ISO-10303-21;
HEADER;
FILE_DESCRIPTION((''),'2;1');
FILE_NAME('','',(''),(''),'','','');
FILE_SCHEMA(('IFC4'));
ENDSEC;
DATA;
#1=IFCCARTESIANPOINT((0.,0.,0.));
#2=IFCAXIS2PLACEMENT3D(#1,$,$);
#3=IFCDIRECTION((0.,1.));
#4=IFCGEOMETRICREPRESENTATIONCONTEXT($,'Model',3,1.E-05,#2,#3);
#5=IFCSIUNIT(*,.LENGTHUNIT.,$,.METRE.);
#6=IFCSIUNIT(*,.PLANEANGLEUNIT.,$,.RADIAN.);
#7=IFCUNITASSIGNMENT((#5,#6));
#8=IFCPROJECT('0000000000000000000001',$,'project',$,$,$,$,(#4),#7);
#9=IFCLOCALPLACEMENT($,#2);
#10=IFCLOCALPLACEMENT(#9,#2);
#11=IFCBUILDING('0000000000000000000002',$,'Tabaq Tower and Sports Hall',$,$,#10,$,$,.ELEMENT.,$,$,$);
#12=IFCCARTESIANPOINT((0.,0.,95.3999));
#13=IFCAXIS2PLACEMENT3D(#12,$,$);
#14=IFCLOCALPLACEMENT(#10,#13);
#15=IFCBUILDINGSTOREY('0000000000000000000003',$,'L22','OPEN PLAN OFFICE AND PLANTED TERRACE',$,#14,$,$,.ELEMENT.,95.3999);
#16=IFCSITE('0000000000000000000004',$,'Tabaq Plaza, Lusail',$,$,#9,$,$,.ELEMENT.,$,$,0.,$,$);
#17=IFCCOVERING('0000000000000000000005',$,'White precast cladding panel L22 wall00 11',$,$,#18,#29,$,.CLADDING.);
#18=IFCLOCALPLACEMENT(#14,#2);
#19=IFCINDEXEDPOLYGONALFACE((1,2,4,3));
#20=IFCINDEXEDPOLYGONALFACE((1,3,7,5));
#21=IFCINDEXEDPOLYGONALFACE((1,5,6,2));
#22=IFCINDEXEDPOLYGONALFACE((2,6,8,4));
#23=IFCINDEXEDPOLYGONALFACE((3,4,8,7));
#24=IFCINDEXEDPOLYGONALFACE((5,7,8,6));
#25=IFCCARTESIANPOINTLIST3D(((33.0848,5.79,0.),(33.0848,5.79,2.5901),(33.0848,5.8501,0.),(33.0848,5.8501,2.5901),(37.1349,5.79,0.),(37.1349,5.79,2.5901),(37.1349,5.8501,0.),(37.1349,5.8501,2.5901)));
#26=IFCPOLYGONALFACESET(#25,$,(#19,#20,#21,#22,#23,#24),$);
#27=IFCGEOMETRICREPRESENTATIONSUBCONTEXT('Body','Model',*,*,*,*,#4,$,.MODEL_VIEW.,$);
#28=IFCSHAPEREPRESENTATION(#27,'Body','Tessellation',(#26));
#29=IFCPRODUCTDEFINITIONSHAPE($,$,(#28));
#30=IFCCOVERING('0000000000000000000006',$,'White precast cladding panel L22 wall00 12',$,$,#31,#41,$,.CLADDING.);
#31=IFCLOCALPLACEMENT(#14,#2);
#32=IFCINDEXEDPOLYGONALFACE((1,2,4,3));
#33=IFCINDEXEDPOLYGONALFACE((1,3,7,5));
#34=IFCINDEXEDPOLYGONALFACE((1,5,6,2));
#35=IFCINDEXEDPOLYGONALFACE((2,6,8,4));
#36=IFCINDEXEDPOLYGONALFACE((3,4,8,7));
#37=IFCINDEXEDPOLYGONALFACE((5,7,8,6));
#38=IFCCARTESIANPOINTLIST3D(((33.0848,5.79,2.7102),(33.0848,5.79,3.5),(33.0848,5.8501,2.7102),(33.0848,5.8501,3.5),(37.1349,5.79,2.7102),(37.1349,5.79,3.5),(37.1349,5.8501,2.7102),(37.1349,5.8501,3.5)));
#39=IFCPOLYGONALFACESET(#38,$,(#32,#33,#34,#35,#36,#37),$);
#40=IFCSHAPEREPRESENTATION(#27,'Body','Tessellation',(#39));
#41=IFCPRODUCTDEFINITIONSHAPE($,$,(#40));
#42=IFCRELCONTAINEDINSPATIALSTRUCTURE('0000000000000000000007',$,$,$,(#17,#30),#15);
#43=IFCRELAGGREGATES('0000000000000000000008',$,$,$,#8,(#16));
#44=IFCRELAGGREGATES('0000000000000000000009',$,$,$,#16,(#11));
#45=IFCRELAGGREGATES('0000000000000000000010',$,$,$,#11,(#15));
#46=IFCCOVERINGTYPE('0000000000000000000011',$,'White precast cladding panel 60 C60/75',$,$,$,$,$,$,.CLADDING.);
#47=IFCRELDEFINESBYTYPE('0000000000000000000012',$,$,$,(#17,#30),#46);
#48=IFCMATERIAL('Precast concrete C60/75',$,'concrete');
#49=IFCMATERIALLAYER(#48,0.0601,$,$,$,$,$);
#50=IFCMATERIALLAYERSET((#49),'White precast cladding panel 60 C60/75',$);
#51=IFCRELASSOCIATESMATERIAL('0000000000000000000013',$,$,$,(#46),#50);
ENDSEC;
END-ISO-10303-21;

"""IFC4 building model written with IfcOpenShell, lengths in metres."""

from ifc_helpers import new_model, si_unit, direction, frame, frame_2d, origin, place, context, subcontext, project, spatial, rectangle, extrude, material, layer, layer_set, type_object, element, save


model = new_model("IFC4")

# Units and contexts
model_context = context("Model", 3, precision=1e-05, world=origin(), true_north=direction((0.0, 1.0)))
body_context = subcontext(model_context, "Body", "Model", "MODEL_VIEW")
ifc_project = project(units=[si_unit("LENGTHUNIT", "METRE"), si_unit("PLANEANGLEUNIT", "RADIAN")], contexts=[model_context])

# Site, building, storey
site_placement = place(None, origin())
site = spatial("IfcSite", under=ifc_project, at=site_placement, Name="Tabaq Plaza, Lusail", CompositionType="ELEMENT", RefElevation=0.0)
building_placement = place(site_placement, origin())
building = spatial("IfcBuilding", under=site, at=building_placement, Name="Tabaq Tower and Sports Hall", CompositionType="ELEMENT")
storey_placement = place(building_placement, frame((0.0, 0.0, 95.3999)))
storey = spatial("IfcBuildingStorey", under=building, at=storey_placement, Name="L22", Description="OPEN PLAN OFFICE AND PLANTED TERRACE", CompositionType="ELEMENT", Elevation=95.3999)

# Coverings
ifc_material_1 = material(Name="Precast concrete C60/75", Category="concrete")
ifc_layer_1 = layer(ifc_material_1, 0.0601)
ifc_layer_set_1 = layer_set([ifc_layer_1], Name="White precast cladding panel 60 C60/75")
covering_type = type_object("IfcCoveringType", Name="White precast cladding panel 60 C60/75", PredefinedType="CLADDING", material=ifc_layer_set_1)
covering_1_placement = place(storey_placement, frame((33.085, 5.8201, 0.0), z_axis=(0.0, 0.0, 1.0), x_axis=(1.0, 0.0, 0.0)))
element("IfcCovering", 1, at=covering_1_placement, inside=storey, type_object=covering_type, Name="White precast cladding panel L22 wall00 11", PredefinedType="CLADDING", context=body_context, shape_type="SweptSolid", body=[
    extrude(rectangle(XDim=4.05, YDim=0.0601, at=frame_2d((2.0249, 0.0))), origin(), (0.0, 0.0, 1.0), 2.5901),
])
covering_2_placement = place(storey_placement, frame((33.085, 5.8201, 2.7102), z_axis=(0.0, 0.0, 1.0), x_axis=(1.0, 0.0, 0.0)))
element("IfcCovering", 2, at=covering_2_placement, inside=storey, type_object=covering_type, Name="White precast cladding panel L22 wall00 12", PredefinedType="CLADDING", context=body_context, shape_type="SweptSolid", body=[
    extrude(rectangle(XDim=4.05, YDim=0.0601, at=frame_2d((2.0249, 0.0))), origin(), (0.0, 0.0, 1.0), 0.7898),
])

save(model, "model.ifc")
